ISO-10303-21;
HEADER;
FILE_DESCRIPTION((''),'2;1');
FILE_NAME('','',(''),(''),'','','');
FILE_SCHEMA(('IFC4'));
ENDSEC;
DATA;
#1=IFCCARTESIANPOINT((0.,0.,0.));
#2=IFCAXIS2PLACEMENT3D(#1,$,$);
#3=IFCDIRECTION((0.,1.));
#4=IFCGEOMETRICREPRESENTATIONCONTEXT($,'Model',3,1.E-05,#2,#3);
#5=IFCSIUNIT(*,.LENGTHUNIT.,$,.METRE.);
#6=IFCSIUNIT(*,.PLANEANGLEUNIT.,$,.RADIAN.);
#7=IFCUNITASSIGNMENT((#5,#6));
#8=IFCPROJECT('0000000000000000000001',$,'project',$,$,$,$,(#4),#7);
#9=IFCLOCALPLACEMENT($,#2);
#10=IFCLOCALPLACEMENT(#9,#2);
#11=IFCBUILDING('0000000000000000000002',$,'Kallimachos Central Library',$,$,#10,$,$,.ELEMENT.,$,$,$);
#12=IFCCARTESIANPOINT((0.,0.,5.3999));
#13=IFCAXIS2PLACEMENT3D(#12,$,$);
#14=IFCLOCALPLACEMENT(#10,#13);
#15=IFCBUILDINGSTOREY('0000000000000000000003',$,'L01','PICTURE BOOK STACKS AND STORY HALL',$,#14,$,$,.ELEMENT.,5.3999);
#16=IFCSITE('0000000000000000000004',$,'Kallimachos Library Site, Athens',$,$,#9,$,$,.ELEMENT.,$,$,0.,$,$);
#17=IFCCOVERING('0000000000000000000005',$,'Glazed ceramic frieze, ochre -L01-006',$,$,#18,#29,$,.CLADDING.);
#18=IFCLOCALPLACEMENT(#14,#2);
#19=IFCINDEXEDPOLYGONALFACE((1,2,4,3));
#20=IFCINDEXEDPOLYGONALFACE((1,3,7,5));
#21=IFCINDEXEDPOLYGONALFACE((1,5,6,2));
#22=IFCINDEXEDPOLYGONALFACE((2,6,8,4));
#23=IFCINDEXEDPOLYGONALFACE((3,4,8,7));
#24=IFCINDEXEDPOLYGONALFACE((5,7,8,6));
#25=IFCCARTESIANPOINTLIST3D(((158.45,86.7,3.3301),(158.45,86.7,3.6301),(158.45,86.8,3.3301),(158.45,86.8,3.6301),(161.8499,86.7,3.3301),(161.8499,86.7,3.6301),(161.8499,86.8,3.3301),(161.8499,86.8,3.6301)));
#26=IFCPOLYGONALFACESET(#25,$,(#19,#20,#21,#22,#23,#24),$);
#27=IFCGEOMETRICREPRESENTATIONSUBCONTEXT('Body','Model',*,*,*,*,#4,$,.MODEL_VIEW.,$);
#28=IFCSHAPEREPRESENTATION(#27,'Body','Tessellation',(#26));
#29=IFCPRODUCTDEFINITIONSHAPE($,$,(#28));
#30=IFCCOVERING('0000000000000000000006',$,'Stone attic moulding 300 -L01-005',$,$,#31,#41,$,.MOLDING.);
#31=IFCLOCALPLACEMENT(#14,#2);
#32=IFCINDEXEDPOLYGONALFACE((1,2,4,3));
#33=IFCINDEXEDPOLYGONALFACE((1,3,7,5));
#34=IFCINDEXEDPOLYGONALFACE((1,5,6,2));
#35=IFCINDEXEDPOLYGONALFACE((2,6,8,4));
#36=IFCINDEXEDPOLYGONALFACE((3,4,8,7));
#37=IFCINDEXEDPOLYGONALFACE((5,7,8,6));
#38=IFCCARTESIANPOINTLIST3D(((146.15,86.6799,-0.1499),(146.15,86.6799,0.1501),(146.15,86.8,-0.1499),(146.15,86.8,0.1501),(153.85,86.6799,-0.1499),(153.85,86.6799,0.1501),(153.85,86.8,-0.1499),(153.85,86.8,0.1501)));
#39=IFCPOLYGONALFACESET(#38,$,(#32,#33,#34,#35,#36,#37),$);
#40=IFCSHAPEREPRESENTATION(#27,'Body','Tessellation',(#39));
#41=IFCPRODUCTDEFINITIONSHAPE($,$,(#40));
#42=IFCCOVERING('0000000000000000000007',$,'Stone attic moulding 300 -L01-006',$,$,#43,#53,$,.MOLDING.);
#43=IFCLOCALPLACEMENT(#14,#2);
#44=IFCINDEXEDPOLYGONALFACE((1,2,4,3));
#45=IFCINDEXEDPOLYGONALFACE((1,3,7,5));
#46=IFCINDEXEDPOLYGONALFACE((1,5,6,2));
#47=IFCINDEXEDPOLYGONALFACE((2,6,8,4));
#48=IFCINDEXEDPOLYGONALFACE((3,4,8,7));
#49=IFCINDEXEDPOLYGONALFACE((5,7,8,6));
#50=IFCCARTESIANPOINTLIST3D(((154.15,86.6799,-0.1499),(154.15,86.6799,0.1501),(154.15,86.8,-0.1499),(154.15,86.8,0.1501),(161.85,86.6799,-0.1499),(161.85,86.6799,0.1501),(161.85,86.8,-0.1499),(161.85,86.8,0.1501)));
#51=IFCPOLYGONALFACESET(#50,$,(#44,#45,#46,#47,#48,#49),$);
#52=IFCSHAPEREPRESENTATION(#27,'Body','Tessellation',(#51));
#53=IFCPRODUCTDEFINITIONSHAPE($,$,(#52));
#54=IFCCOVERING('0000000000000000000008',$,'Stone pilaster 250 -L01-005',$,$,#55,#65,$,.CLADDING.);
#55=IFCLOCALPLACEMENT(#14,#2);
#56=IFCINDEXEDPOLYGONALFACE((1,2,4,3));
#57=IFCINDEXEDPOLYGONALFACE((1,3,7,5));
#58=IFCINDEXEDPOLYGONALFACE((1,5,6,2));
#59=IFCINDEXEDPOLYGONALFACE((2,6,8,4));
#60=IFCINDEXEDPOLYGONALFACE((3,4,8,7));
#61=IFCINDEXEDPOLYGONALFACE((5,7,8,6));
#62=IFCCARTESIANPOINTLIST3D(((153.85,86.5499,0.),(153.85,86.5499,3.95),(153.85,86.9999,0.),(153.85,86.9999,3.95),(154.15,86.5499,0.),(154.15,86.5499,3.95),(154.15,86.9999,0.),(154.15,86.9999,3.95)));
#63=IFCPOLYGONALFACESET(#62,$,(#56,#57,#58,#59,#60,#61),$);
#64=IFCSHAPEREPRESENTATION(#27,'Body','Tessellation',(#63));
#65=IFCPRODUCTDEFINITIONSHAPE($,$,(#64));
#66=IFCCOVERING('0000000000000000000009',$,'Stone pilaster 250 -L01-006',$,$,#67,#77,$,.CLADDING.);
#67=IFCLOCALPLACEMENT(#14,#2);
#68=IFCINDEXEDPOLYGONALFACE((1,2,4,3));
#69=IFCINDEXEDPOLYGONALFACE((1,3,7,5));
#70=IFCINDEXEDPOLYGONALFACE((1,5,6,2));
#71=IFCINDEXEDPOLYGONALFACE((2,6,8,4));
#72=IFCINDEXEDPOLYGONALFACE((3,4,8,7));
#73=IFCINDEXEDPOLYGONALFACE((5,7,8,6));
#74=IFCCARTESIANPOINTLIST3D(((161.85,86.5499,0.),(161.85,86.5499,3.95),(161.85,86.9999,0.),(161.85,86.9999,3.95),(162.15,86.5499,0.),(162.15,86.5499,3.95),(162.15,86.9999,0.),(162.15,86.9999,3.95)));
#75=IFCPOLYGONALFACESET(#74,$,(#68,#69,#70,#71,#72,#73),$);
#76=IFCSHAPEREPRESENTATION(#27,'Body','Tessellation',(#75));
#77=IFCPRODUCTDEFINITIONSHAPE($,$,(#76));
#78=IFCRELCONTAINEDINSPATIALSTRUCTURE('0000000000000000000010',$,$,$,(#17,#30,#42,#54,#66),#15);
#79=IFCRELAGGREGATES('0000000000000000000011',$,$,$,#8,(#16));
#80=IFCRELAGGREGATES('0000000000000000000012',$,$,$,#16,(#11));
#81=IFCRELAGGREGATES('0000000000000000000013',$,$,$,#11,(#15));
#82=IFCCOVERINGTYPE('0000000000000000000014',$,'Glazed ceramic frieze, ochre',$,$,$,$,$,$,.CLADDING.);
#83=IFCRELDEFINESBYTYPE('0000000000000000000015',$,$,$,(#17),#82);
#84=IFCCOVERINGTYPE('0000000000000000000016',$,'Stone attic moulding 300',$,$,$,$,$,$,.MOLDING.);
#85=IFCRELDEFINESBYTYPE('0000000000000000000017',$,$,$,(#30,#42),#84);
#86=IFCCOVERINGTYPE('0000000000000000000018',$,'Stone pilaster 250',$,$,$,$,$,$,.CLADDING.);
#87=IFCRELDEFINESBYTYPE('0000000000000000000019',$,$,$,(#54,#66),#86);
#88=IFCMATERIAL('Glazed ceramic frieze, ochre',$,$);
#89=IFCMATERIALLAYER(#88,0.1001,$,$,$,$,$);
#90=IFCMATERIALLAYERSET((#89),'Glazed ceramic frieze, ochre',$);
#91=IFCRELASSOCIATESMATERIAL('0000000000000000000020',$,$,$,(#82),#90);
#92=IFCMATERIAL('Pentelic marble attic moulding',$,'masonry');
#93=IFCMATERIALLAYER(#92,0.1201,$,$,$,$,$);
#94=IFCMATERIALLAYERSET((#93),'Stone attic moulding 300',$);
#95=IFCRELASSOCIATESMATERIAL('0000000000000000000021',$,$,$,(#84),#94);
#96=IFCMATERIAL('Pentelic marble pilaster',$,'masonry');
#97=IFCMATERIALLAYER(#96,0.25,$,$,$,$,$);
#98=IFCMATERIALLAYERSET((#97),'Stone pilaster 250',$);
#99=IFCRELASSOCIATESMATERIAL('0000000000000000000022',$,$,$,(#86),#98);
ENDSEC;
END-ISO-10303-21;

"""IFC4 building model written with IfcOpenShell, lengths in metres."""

from ifc_helpers import new_model, si_unit, direction, frame, origin, origin_2d, place, context, subcontext, project, spatial, rectangle, extrude, material, layer, layer_set, type_object, element, save


model = new_model("IFC4")

# Units and contexts
model_context = context("Model", 3, precision=1e-05, world=origin(), true_north=direction((0.0, 1.0)))
body_context = subcontext(model_context, "Body", "Model", "MODEL_VIEW")
ifc_project = project(units=[si_unit("LENGTHUNIT", "METRE"), si_unit("PLANEANGLEUNIT", "RADIAN")], contexts=[model_context])

# Site, building, storey
site_placement = place(None, origin())
site = spatial("IfcSite", under=ifc_project, at=site_placement, Name="Kallimachos Library Site, Athens", CompositionType="ELEMENT", RefElevation=0.0)
building_placement = place(site_placement, origin())
building = spatial("IfcBuilding", under=site, at=building_placement, Name="Kallimachos Central Library", CompositionType="ELEMENT")
storey_placement = place(building_placement, frame((0.0, 0.0, 5.3999)))
storey = spatial("IfcBuildingStorey", under=building, at=storey_placement, Name="L01", Description="PICTURE BOOK STACKS AND STORY HALL", CompositionType="ELEMENT", Elevation=5.3999)

# Coverings
ifc_material_1 = material(Name="Glazed ceramic frieze, ochre")
ifc_layer_1 = layer(ifc_material_1, 0.1001)
ifc_layer_set_1 = layer_set([ifc_layer_1], Name="Glazed ceramic frieze, ochre")
covering_type_1 = type_object("IfcCoveringType", Name="Glazed ceramic frieze, ochre", PredefinedType="CLADDING", material=ifc_layer_set_1)
for number, where, z_axis, x_axis, name in (
    (1, (160.1499, 86.75, 3.3301), (0.0, 0.0, 1.0), (1.0, 0.0, 0.0), "Glazed ceramic frieze, ochre -L01-006"),
):
    element("IfcCovering", number, at=place(storey_placement, frame(where, z_axis=z_axis, x_axis=x_axis)), inside=storey, type_object=covering_type_1, Name=name, PredefinedType="CLADDING", context=body_context, shape_type="SweptSolid", body=[
        extrude(rectangle(XDim=3.3999, YDim=0.1001, at=origin_2d()), origin(), (0.0, 0.0, 1.0), 0.3),
    ])
ifc_material_2 = material(Name="Pentelic marble attic moulding", Category="masonry")
ifc_layer_2 = layer(ifc_material_2, 0.1201)
ifc_layer_set_2 = layer_set([ifc_layer_2], Name="Stone attic moulding 300")
covering_type_2 = type_object("IfcCoveringType", Name="Stone attic moulding 300", PredefinedType="MOLDING", material=ifc_layer_set_2)
for number, where, z_axis, x_axis, name in (
    (2, (150.0, 86.74, -0.1499), (0.0, 0.0, 1.0), (1.0, 0.0, 0.0), "Stone attic moulding 300 -L01-005"),
    (3, (158.0, 86.74, -0.1499), (0.0, 0.0, 1.0), (1.0, 0.0, 0.0), "Stone attic moulding 300 -L01-006"),
):
    element("IfcCovering", number, at=place(storey_placement, frame(where, z_axis=z_axis, x_axis=x_axis)), inside=storey, type_object=covering_type_2, Name=name, PredefinedType="MOLDING", context=body_context, shape_type="SweptSolid", body=[
        extrude(rectangle(XDim=7.7, YDim=0.1201, at=origin_2d()), origin(), (0.0, 0.0, 1.0), 0.3),
    ])
ifc_material_3 = material(Name="Pentelic marble pilaster", Category="masonry")
ifc_layer_3 = layer(ifc_material_3, 0.25)
ifc_layer_set_3 = layer_set([ifc_layer_3], Name="Stone pilaster 250")
covering_type_3 = type_object("IfcCoveringType", Name="Stone pilaster 250", PredefinedType="CLADDING", material=ifc_layer_set_3)
for number, where, z_axis, x_axis, name in (
    (4, (154.0, 86.7749, 0.0), (0.0, 0.0, 1.0), (1.0, 0.0, 0.0), "Stone pilaster 250 -L01-005"),
    (5, (162.0, 86.7749, 0.0), (0.0, 0.0, 1.0), (1.0, 0.0, 0.0), "Stone pilaster 250 -L01-006"),
):
    element("IfcCovering", number, at=place(storey_placement, frame(where, z_axis=z_axis, x_axis=x_axis)), inside=storey, type_object=covering_type_3, Name=name, PredefinedType="CLADDING", context=body_context, shape_type="SweptSolid", body=[
        extrude(rectangle(XDim=0.3, YDim=0.45, at=origin_2d()), origin(), (0.0, 0.0, 1.0), 3.95),
    ])

save(model, "model.ifc")
